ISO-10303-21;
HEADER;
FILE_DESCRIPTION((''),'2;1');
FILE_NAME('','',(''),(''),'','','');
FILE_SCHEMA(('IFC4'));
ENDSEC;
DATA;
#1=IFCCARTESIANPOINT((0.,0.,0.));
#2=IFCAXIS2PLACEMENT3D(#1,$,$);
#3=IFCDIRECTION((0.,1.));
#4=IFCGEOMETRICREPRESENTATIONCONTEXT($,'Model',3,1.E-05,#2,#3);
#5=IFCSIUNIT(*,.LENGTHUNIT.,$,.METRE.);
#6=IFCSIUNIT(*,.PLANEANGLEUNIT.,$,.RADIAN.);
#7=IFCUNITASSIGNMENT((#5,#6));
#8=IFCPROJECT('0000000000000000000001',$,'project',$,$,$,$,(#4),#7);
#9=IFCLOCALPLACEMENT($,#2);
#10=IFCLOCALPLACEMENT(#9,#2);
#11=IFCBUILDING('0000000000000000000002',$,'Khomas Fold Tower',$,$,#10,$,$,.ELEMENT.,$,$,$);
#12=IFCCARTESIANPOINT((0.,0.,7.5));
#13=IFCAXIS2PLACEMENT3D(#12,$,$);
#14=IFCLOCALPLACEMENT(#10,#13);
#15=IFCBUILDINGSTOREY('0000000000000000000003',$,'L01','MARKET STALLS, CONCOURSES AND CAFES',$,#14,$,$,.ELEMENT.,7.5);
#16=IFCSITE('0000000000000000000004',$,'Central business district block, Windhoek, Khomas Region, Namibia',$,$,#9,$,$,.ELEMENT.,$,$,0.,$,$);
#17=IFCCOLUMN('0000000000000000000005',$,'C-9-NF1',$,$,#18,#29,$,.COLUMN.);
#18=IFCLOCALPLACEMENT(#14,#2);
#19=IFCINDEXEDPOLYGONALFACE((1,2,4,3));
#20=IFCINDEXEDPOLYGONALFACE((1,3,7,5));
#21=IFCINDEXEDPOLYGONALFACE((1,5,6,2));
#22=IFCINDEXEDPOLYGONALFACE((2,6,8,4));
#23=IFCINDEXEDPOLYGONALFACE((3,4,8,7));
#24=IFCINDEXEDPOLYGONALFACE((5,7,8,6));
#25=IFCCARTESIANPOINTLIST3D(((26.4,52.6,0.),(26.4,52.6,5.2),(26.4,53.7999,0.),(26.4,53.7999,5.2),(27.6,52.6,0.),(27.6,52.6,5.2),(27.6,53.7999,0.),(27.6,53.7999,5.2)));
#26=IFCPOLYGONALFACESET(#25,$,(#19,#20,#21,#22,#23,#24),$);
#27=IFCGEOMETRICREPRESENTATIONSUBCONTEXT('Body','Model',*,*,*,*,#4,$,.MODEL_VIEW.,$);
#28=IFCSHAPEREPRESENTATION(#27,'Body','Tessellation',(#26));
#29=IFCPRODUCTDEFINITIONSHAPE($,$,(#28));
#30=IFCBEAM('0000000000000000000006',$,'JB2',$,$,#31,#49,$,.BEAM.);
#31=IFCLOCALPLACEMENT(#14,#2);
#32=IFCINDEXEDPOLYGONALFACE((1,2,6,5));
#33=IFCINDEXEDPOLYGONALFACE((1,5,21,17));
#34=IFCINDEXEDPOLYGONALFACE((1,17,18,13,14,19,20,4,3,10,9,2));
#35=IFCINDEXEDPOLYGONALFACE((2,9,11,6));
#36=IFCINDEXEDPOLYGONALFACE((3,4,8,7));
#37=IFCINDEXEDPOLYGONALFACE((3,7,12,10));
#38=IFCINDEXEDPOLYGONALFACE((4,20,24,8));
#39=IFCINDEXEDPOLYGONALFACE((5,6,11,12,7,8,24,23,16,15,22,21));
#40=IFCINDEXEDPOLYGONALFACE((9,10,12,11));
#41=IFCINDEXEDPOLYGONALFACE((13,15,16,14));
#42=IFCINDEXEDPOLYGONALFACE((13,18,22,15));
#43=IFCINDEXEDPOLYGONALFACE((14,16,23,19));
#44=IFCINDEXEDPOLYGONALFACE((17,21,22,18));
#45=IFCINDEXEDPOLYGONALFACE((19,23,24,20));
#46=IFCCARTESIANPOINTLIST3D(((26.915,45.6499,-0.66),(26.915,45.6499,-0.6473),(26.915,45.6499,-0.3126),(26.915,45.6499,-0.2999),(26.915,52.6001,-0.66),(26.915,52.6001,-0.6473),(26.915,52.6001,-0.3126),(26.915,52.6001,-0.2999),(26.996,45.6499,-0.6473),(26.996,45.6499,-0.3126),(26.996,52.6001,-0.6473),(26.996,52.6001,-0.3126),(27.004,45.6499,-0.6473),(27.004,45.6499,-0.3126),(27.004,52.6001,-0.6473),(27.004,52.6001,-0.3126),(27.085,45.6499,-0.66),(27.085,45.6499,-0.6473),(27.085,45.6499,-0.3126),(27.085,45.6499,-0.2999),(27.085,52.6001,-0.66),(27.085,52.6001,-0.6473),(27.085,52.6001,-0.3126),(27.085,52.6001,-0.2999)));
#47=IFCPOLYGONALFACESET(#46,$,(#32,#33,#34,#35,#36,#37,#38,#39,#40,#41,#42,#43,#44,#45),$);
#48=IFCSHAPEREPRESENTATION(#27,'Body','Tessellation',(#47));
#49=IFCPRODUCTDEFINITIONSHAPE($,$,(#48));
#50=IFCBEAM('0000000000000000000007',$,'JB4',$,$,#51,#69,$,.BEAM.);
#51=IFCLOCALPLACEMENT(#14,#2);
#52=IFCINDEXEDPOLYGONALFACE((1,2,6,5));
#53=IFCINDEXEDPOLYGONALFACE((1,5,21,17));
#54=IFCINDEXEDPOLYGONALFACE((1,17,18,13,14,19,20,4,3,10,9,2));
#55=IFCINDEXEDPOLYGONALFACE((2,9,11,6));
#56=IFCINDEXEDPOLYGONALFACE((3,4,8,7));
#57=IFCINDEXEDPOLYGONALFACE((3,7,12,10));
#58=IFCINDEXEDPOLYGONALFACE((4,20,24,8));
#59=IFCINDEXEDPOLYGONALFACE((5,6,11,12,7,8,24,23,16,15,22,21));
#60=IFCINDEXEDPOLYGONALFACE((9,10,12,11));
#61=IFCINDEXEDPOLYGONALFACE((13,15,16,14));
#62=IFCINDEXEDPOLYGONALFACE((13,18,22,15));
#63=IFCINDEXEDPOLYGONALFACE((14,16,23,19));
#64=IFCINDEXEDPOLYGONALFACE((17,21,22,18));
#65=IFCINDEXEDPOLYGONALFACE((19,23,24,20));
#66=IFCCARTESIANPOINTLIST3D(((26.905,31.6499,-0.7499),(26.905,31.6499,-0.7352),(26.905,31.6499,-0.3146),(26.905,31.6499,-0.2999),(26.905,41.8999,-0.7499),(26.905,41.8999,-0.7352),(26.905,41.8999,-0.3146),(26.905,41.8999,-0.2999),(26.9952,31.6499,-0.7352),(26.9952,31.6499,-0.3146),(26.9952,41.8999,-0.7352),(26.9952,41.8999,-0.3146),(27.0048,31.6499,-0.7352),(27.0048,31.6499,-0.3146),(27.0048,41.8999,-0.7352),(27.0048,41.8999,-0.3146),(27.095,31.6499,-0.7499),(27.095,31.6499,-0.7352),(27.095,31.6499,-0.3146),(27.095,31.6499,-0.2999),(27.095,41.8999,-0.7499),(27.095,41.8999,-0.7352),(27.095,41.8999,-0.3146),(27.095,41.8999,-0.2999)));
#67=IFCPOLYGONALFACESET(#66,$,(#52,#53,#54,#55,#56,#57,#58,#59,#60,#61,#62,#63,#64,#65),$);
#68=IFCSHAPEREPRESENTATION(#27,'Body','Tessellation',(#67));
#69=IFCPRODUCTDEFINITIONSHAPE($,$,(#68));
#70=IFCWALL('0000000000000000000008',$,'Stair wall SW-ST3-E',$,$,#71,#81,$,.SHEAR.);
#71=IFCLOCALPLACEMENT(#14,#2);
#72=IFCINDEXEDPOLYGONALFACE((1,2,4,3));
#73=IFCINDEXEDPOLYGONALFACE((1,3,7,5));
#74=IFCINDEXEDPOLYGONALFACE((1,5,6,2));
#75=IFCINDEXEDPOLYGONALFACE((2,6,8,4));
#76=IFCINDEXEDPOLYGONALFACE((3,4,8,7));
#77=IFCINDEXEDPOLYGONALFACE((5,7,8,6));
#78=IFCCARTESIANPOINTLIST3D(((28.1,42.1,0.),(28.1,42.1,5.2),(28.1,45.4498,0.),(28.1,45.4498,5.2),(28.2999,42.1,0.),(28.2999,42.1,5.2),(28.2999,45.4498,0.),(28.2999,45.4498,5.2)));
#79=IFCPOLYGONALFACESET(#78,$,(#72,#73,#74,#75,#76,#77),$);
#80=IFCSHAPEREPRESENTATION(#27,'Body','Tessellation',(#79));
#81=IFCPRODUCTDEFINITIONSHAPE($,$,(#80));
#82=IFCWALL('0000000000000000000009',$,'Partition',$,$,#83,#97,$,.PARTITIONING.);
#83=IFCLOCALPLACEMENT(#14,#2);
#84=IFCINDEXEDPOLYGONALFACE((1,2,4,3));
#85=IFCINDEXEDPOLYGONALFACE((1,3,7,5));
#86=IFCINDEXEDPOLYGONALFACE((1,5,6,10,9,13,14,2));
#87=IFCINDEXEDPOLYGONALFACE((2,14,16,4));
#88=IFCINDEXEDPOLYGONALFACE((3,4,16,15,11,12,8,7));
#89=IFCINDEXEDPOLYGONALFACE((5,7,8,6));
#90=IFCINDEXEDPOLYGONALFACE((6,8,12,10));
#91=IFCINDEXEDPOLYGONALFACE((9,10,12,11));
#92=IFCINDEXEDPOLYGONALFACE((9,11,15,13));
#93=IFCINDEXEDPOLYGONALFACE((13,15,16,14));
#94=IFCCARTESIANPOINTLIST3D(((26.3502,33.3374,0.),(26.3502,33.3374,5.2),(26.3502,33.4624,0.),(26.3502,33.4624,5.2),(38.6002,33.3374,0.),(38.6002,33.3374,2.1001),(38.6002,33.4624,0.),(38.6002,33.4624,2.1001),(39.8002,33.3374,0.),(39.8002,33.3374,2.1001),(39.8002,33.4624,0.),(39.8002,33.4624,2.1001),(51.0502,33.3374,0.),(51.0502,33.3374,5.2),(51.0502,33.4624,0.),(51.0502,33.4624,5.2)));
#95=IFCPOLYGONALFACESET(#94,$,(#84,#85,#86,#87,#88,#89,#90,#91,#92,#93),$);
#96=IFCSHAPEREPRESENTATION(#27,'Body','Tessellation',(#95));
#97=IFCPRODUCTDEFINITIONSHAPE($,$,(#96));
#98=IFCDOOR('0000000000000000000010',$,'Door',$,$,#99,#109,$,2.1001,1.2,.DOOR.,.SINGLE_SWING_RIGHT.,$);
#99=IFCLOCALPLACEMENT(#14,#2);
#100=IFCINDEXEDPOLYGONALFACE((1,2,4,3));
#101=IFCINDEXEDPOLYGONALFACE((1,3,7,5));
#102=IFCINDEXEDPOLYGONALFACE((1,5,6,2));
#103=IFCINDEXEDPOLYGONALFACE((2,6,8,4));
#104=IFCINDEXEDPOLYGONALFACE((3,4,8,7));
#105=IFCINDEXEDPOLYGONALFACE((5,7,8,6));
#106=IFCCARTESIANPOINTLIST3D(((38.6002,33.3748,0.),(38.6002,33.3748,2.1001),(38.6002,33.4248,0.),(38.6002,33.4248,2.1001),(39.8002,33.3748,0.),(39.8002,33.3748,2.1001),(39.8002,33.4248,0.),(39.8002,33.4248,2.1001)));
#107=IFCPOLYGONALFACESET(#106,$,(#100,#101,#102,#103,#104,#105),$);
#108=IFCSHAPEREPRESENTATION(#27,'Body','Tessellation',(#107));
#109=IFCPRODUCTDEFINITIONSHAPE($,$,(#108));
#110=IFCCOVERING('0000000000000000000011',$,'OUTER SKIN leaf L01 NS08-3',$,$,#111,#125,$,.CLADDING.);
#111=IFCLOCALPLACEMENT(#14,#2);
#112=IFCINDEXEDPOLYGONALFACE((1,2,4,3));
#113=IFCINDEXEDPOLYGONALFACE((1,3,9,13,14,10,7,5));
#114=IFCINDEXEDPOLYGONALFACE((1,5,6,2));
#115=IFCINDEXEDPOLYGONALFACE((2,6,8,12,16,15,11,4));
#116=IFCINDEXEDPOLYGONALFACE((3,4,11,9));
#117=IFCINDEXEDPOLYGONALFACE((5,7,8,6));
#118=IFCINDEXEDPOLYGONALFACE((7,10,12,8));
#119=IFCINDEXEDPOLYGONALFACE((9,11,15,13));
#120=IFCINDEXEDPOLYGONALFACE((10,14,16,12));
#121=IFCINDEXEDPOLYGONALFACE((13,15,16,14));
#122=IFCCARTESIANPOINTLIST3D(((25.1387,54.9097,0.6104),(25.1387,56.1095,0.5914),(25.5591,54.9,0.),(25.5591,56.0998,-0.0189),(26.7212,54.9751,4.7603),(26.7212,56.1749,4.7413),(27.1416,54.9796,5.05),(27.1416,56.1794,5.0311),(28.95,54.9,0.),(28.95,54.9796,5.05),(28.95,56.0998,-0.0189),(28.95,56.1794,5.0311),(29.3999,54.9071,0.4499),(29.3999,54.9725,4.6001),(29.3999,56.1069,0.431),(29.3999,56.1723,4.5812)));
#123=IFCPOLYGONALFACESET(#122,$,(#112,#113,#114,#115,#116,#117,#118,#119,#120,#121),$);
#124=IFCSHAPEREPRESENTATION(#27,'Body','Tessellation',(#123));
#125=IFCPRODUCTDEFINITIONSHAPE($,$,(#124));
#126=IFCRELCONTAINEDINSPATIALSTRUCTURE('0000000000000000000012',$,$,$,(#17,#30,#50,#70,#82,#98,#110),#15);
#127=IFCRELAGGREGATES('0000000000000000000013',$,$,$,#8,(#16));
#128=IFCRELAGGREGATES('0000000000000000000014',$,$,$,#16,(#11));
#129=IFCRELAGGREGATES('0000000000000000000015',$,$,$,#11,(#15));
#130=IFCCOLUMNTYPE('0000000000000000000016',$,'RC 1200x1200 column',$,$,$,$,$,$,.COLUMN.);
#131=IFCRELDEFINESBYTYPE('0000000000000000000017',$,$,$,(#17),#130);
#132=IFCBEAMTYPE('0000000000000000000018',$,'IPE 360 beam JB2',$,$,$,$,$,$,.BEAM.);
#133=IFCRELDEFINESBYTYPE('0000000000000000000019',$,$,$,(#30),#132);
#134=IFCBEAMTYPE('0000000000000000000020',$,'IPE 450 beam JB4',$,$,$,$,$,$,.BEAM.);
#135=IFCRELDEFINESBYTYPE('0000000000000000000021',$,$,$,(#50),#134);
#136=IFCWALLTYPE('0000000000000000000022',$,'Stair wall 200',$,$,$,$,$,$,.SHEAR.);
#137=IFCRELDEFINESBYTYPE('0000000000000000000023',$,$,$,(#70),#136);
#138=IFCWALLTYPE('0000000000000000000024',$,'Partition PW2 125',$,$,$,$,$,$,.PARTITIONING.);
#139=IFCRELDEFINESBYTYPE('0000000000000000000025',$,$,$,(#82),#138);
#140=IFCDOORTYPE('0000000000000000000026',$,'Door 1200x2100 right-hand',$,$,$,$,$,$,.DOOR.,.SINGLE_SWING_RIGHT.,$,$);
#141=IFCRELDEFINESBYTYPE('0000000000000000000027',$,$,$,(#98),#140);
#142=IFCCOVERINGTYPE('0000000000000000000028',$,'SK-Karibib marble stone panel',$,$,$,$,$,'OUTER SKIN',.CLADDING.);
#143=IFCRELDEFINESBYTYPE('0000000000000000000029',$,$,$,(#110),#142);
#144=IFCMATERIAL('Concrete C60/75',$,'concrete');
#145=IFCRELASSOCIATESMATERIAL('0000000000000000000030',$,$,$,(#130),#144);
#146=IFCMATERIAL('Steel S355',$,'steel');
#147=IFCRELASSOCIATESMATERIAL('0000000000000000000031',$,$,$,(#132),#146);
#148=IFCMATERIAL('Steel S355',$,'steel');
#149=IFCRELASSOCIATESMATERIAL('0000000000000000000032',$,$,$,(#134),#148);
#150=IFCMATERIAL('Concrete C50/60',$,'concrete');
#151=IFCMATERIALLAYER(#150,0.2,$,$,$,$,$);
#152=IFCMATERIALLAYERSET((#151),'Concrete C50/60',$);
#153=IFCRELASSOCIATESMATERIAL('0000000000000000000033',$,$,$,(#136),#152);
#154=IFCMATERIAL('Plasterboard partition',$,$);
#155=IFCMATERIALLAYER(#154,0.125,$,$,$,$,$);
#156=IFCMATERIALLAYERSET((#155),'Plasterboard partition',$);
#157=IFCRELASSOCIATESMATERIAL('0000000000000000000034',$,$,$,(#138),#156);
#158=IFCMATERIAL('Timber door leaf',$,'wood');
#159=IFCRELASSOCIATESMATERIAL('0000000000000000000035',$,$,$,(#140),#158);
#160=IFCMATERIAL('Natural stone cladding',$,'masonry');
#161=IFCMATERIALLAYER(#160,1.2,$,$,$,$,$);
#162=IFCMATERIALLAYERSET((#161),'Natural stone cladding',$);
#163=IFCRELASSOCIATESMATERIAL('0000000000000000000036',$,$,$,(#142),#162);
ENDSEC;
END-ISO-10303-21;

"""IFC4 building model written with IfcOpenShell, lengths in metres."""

from ifc_helpers import new_model, si_unit, direction, frame, frame_2d, origin, origin_2d, place, context, subcontext, project, spatial, polyline, rectangle, i_section, outline, extrude, source, transform, mapped, material, layer, layer_set, material_profile, profile_set, type_object, element, fill, save


model = new_model("IFC4")

# Units and contexts
model_context = context("Model", 3, precision=1e-05, world=origin(), true_north=direction((0.0, 1.0)))
body_context = subcontext(model_context, "Body", "Model", "MODEL_VIEW")
ifc_project = project(units=[si_unit("LENGTHUNIT", "METRE"), si_unit("PLANEANGLEUNIT", "RADIAN")], contexts=[model_context])

# Site, building, storey
site_placement = place(None, origin())
site = spatial("IfcSite", under=ifc_project, at=site_placement, Name="Central business district block, Windhoek, Khomas Region, Namibia", CompositionType="ELEMENT", RefElevation=0.0)
building_placement = place(site_placement, origin())
building = spatial("IfcBuilding", under=site, at=building_placement, Name="Khomas Fold Tower", CompositionType="ELEMENT")
storey_placement = place(building_placement, frame((0.0, 0.0, 7.5)))
storey = spatial("IfcBuildingStorey", under=building, at=storey_placement, Name="L01", Description="MARKET STALLS, CONCOURSES AND CAFES", CompositionType="ELEMENT", Elevation=7.5)

# Column
ifc_material_1 = material(Name="Concrete C60/75", Category="concrete")
ifc_material_profile_1 = material_profile(ifc_material_1, rectangle(XDim=1.2, YDim=1.2, at=origin_2d()), Name="RC 1200x1200")
ifc_profile_set_1 = profile_set([ifc_material_profile_1], Name="Concrete C60/75")
column_type = type_object("IfcColumnType", Name="RC 1200x1200 column", PredefinedType="COLUMN", material=ifc_profile_set_1)
shared_shape_1 = source(origin(), body_context, "Body", "SweptSolid", [
    extrude(rectangle(XDim=1.2, YDim=1.2, at=origin_2d()), origin(), (0.0, 0.0, 1.0), 5.2),
])
column_placement = place(storey_placement, frame((27.0, 53.2, 0.0), z_axis=(0.0, 0.0, 1.0), x_axis=(1.0, 0.0, 0.0)))
element("IfcColumn", 1, at=column_placement, inside=storey, type_object=column_type, Name="C-9-NF1", PredefinedType="COLUMN", context=body_context, shape_type="MappedRepresentation", body=[
    mapped(shared_shape_1, transform((0.0, 0.0, 0.0))),
])

# Beams
ifc_material_2 = material(Name="Steel S355", Category="steel")
ifc_material_profile_2 = material_profile(ifc_material_2, i_section(OverallWidth=0.1699, OverallDepth=0.3601, WebThickness=0.0081, FlangeThickness=0.0127, at=origin_2d()), Name="IPE 360")
ifc_profile_set_2 = profile_set([ifc_material_profile_2], Name="Steel S355")
beam_type_1 = type_object("IfcBeamType", Name="IPE 360 beam JB2", PredefinedType="BEAM", material=ifc_profile_set_2)
shared_shape_2 = source(origin(), body_context, "Body", "SweptSolid", [
    extrude(i_section(OverallWidth=0.1699, OverallDepth=0.3601, WebThickness=0.0081, FlangeThickness=0.0127, at=origin_2d()), origin(), (0.0, 0.0, 1.0), 6.9502),
])
beam_1_placement = place(storey_placement, frame((27.0, 45.6499, -0.48), z_axis=(0.0, 1.0, 0.0), x_axis=(-1.0, 0.0, 0.0)))
element("IfcBeam", 2, at=beam_1_placement, inside=storey, type_object=beam_type_1, Name="JB2", PredefinedType="BEAM", context=body_context, shape_type="MappedRepresentation", body=[
    mapped(shared_shape_2, transform((0.0, 0.0, 0.0))),
])
ifc_material_3 = material(Name="Steel S355", Category="steel")
ifc_material_profile_3 = material_profile(ifc_material_3, i_section(OverallWidth=0.1899, OverallDepth=0.45, WebThickness=0.0095, FlangeThickness=0.0146, at=origin_2d()), Name="IPE 450")
ifc_profile_set_3 = profile_set([ifc_material_profile_3], Name="Steel S355")
beam_type_2 = type_object("IfcBeamType", Name="IPE 450 beam JB4", PredefinedType="BEAM", material=ifc_profile_set_3)
shared_shape_3 = source(origin(), body_context, "Body", "SweptSolid", [
    extrude(i_section(OverallWidth=0.1899, OverallDepth=0.45, WebThickness=0.0095, FlangeThickness=0.0146, at=origin_2d()), origin(), (0.0, 0.0, 1.0), 10.25),
])
beam_2_placement = place(storey_placement, frame((27.0, 31.6499, -0.5249), z_axis=(0.0, 1.0, 0.0), x_axis=(-1.0, 0.0, 0.0)))
element("IfcBeam", 3, at=beam_2_placement, inside=storey, type_object=beam_type_2, Name="JB4", PredefinedType="BEAM", context=body_context, shape_type="MappedRepresentation", body=[
    mapped(shared_shape_3, transform((0.0, 0.0, 0.0))),
])

# Wall
ifc_material_4 = material(Name="Concrete C50/60", Category="concrete")
ifc_layer_1 = layer(ifc_material_4, 0.2)
ifc_layer_set_1 = layer_set([ifc_layer_1], Name="Concrete C50/60")
wall_type_1 = type_object("IfcWallType", Name="Stair wall 200", PredefinedType="SHEAR", material=ifc_layer_set_1)
shared_shape_4 = source(origin(), body_context, "Body", "SweptSolid", [
    extrude(rectangle(XDim=3.3499, YDim=0.2, at=frame_2d((1.6748, 0.0))), origin(), (0.0, 0.0, 1.0), 5.2),
])
wall_1_placement = place(storey_placement, frame((28.2, 42.1001, 0.0), z_axis=(0.0, 0.0, 1.0), x_axis=(0.0, 1.0, 0.0)))
element("IfcWall", 4, at=wall_1_placement, inside=storey, type_object=wall_type_1, Name="Stair wall SW-ST3-E", PredefinedType="SHEAR", context=body_context, shape_type="MappedRepresentation", body=[
    mapped(shared_shape_4, transform((0.0, 0.0, 0.0))),
])

# Wall, opening, door
ifc_material_5 = material(Name="Plasterboard partition")
ifc_layer_2 = layer(ifc_material_5, 0.125)
ifc_layer_set_2 = layer_set([ifc_layer_2], Name="Plasterboard partition")
wall_type_2 = type_object("IfcWallType", Name="Partition PW2 125", PredefinedType="PARTITIONING", material=ifc_layer_set_2)
shared_shape_5 = source(origin(), body_context, "Body", "SweptSolid", [
    extrude(rectangle(XDim=24.7, YDim=0.125, at=frame_2d((12.3501, 0.0))), origin(), (0.0, 0.0, 1.0), 5.2),
])
wall_2_placement = place(storey_placement, frame((26.3501, 33.3999, 0.0), z_axis=(0.0, 0.0, 1.0), x_axis=(1.0, 0.0, 0.0)))
wall_2 = element("IfcWall", 5, at=wall_2_placement, inside=storey, type_object=wall_type_2, Name="Partition", PredefinedType="PARTITIONING", context=body_context, shape_type="MappedRepresentation", body=[
    mapped(shared_shape_5, transform((0.0, 0.0, 0.0))),
])
shared_shape_6 = source(origin(), body_context, "Body", "SweptSolid", [
    extrude(rectangle(XDim=1.2, YDim=2.1001, at=frame_2d((0.6001, 1.05))), frame((0.0, 0.0725, 0.0), z_axis=(0.0, -1.0, 0.0), x_axis=(1.0, 0.0, 0.0)), (0.0, 0.0, 1.0), 0.145),
])
opening_placement = place(wall_2_placement, frame((12.25, 0.0, 0.0)))
opening = element("IfcOpeningElement", 6, at=opening_placement, cuts=wall_2, PredefinedType="OPENING", context=body_context, shape_type="MappedRepresentation", body=[
    mapped(shared_shape_6, transform((0.0, 0.0, 0.0))),
])
ifc_material_6 = material(Name="Timber door leaf", Category="wood")
door_type = type_object("IfcDoorType", Name="Door 1200x2100 right-hand", OperationType="SINGLE_SWING_RIGHT", PredefinedType="DOOR", material=ifc_material_6)
shared_shape_7 = source(origin(), body_context, "Body", "SweptSolid", [
    extrude(rectangle(XDim=1.2, YDim=2.1001, at=frame_2d((0.6001, 1.05))), frame((0.0, 0.0249, 0.0), z_axis=(0.0, -1.0, 0.0), x_axis=(1.0, 0.0, 0.0)), (0.0, 0.0, 1.0), 0.05),
])
door_placement = place(opening_placement, origin())
door = element("IfcDoor", 7, at=door_placement, inside=storey, type_object=door_type, Name="Door", OperationType="SINGLE_SWING_RIGHT", OverallHeight=2.1001, OverallWidth=1.2, PredefinedType="DOOR", context=body_context, shape_type="MappedRepresentation", body=[
    mapped(shared_shape_7, transform((0.0, 0.0, 0.0))),
])
fill(opening, door)

# Covering
ifc_material_7 = material(Name="Natural stone cladding", Category="masonry")
ifc_layer_3 = layer(ifc_material_7, 1.2)
ifc_layer_set_3 = layer_set([ifc_layer_3], Name="Natural stone cladding")
covering_type = type_object("IfcCoveringType", Name="SK-Karibib marble stone panel", ElementType="OUTER SKIN", PredefinedType="CLADDING", material=ifc_layer_set_3)
covering_placement = place(storey_placement, frame((25.1387, 54.9097, 0.6104), z_axis=(-0.000011, -0.999876, 0.015759), x_axis=(0.356272, 0.014721, 0.934266)))
element("IfcCovering", 8, at=covering_placement, inside=storey, type_object=covering_type, Name="OUTER SKIN leaf L01 NS08-3", PredefinedType="CLADDING", context=body_context, shape_type="SweptSolid", body=[
    extrude(outline(polyline([(0.0, 0.0), (4.4419, 0.0), (4.8625, -0.2896), (5.5067, -1.9793), (5.2466, -2.56), (1.3683, -4.0388), (0.7875, -3.7787), (-0.4206, -0.6103), (0.0, 0.0)])), origin(), (0.0, 0.0, -1.0), 1.2),
])

save(model, "model.ifc")
